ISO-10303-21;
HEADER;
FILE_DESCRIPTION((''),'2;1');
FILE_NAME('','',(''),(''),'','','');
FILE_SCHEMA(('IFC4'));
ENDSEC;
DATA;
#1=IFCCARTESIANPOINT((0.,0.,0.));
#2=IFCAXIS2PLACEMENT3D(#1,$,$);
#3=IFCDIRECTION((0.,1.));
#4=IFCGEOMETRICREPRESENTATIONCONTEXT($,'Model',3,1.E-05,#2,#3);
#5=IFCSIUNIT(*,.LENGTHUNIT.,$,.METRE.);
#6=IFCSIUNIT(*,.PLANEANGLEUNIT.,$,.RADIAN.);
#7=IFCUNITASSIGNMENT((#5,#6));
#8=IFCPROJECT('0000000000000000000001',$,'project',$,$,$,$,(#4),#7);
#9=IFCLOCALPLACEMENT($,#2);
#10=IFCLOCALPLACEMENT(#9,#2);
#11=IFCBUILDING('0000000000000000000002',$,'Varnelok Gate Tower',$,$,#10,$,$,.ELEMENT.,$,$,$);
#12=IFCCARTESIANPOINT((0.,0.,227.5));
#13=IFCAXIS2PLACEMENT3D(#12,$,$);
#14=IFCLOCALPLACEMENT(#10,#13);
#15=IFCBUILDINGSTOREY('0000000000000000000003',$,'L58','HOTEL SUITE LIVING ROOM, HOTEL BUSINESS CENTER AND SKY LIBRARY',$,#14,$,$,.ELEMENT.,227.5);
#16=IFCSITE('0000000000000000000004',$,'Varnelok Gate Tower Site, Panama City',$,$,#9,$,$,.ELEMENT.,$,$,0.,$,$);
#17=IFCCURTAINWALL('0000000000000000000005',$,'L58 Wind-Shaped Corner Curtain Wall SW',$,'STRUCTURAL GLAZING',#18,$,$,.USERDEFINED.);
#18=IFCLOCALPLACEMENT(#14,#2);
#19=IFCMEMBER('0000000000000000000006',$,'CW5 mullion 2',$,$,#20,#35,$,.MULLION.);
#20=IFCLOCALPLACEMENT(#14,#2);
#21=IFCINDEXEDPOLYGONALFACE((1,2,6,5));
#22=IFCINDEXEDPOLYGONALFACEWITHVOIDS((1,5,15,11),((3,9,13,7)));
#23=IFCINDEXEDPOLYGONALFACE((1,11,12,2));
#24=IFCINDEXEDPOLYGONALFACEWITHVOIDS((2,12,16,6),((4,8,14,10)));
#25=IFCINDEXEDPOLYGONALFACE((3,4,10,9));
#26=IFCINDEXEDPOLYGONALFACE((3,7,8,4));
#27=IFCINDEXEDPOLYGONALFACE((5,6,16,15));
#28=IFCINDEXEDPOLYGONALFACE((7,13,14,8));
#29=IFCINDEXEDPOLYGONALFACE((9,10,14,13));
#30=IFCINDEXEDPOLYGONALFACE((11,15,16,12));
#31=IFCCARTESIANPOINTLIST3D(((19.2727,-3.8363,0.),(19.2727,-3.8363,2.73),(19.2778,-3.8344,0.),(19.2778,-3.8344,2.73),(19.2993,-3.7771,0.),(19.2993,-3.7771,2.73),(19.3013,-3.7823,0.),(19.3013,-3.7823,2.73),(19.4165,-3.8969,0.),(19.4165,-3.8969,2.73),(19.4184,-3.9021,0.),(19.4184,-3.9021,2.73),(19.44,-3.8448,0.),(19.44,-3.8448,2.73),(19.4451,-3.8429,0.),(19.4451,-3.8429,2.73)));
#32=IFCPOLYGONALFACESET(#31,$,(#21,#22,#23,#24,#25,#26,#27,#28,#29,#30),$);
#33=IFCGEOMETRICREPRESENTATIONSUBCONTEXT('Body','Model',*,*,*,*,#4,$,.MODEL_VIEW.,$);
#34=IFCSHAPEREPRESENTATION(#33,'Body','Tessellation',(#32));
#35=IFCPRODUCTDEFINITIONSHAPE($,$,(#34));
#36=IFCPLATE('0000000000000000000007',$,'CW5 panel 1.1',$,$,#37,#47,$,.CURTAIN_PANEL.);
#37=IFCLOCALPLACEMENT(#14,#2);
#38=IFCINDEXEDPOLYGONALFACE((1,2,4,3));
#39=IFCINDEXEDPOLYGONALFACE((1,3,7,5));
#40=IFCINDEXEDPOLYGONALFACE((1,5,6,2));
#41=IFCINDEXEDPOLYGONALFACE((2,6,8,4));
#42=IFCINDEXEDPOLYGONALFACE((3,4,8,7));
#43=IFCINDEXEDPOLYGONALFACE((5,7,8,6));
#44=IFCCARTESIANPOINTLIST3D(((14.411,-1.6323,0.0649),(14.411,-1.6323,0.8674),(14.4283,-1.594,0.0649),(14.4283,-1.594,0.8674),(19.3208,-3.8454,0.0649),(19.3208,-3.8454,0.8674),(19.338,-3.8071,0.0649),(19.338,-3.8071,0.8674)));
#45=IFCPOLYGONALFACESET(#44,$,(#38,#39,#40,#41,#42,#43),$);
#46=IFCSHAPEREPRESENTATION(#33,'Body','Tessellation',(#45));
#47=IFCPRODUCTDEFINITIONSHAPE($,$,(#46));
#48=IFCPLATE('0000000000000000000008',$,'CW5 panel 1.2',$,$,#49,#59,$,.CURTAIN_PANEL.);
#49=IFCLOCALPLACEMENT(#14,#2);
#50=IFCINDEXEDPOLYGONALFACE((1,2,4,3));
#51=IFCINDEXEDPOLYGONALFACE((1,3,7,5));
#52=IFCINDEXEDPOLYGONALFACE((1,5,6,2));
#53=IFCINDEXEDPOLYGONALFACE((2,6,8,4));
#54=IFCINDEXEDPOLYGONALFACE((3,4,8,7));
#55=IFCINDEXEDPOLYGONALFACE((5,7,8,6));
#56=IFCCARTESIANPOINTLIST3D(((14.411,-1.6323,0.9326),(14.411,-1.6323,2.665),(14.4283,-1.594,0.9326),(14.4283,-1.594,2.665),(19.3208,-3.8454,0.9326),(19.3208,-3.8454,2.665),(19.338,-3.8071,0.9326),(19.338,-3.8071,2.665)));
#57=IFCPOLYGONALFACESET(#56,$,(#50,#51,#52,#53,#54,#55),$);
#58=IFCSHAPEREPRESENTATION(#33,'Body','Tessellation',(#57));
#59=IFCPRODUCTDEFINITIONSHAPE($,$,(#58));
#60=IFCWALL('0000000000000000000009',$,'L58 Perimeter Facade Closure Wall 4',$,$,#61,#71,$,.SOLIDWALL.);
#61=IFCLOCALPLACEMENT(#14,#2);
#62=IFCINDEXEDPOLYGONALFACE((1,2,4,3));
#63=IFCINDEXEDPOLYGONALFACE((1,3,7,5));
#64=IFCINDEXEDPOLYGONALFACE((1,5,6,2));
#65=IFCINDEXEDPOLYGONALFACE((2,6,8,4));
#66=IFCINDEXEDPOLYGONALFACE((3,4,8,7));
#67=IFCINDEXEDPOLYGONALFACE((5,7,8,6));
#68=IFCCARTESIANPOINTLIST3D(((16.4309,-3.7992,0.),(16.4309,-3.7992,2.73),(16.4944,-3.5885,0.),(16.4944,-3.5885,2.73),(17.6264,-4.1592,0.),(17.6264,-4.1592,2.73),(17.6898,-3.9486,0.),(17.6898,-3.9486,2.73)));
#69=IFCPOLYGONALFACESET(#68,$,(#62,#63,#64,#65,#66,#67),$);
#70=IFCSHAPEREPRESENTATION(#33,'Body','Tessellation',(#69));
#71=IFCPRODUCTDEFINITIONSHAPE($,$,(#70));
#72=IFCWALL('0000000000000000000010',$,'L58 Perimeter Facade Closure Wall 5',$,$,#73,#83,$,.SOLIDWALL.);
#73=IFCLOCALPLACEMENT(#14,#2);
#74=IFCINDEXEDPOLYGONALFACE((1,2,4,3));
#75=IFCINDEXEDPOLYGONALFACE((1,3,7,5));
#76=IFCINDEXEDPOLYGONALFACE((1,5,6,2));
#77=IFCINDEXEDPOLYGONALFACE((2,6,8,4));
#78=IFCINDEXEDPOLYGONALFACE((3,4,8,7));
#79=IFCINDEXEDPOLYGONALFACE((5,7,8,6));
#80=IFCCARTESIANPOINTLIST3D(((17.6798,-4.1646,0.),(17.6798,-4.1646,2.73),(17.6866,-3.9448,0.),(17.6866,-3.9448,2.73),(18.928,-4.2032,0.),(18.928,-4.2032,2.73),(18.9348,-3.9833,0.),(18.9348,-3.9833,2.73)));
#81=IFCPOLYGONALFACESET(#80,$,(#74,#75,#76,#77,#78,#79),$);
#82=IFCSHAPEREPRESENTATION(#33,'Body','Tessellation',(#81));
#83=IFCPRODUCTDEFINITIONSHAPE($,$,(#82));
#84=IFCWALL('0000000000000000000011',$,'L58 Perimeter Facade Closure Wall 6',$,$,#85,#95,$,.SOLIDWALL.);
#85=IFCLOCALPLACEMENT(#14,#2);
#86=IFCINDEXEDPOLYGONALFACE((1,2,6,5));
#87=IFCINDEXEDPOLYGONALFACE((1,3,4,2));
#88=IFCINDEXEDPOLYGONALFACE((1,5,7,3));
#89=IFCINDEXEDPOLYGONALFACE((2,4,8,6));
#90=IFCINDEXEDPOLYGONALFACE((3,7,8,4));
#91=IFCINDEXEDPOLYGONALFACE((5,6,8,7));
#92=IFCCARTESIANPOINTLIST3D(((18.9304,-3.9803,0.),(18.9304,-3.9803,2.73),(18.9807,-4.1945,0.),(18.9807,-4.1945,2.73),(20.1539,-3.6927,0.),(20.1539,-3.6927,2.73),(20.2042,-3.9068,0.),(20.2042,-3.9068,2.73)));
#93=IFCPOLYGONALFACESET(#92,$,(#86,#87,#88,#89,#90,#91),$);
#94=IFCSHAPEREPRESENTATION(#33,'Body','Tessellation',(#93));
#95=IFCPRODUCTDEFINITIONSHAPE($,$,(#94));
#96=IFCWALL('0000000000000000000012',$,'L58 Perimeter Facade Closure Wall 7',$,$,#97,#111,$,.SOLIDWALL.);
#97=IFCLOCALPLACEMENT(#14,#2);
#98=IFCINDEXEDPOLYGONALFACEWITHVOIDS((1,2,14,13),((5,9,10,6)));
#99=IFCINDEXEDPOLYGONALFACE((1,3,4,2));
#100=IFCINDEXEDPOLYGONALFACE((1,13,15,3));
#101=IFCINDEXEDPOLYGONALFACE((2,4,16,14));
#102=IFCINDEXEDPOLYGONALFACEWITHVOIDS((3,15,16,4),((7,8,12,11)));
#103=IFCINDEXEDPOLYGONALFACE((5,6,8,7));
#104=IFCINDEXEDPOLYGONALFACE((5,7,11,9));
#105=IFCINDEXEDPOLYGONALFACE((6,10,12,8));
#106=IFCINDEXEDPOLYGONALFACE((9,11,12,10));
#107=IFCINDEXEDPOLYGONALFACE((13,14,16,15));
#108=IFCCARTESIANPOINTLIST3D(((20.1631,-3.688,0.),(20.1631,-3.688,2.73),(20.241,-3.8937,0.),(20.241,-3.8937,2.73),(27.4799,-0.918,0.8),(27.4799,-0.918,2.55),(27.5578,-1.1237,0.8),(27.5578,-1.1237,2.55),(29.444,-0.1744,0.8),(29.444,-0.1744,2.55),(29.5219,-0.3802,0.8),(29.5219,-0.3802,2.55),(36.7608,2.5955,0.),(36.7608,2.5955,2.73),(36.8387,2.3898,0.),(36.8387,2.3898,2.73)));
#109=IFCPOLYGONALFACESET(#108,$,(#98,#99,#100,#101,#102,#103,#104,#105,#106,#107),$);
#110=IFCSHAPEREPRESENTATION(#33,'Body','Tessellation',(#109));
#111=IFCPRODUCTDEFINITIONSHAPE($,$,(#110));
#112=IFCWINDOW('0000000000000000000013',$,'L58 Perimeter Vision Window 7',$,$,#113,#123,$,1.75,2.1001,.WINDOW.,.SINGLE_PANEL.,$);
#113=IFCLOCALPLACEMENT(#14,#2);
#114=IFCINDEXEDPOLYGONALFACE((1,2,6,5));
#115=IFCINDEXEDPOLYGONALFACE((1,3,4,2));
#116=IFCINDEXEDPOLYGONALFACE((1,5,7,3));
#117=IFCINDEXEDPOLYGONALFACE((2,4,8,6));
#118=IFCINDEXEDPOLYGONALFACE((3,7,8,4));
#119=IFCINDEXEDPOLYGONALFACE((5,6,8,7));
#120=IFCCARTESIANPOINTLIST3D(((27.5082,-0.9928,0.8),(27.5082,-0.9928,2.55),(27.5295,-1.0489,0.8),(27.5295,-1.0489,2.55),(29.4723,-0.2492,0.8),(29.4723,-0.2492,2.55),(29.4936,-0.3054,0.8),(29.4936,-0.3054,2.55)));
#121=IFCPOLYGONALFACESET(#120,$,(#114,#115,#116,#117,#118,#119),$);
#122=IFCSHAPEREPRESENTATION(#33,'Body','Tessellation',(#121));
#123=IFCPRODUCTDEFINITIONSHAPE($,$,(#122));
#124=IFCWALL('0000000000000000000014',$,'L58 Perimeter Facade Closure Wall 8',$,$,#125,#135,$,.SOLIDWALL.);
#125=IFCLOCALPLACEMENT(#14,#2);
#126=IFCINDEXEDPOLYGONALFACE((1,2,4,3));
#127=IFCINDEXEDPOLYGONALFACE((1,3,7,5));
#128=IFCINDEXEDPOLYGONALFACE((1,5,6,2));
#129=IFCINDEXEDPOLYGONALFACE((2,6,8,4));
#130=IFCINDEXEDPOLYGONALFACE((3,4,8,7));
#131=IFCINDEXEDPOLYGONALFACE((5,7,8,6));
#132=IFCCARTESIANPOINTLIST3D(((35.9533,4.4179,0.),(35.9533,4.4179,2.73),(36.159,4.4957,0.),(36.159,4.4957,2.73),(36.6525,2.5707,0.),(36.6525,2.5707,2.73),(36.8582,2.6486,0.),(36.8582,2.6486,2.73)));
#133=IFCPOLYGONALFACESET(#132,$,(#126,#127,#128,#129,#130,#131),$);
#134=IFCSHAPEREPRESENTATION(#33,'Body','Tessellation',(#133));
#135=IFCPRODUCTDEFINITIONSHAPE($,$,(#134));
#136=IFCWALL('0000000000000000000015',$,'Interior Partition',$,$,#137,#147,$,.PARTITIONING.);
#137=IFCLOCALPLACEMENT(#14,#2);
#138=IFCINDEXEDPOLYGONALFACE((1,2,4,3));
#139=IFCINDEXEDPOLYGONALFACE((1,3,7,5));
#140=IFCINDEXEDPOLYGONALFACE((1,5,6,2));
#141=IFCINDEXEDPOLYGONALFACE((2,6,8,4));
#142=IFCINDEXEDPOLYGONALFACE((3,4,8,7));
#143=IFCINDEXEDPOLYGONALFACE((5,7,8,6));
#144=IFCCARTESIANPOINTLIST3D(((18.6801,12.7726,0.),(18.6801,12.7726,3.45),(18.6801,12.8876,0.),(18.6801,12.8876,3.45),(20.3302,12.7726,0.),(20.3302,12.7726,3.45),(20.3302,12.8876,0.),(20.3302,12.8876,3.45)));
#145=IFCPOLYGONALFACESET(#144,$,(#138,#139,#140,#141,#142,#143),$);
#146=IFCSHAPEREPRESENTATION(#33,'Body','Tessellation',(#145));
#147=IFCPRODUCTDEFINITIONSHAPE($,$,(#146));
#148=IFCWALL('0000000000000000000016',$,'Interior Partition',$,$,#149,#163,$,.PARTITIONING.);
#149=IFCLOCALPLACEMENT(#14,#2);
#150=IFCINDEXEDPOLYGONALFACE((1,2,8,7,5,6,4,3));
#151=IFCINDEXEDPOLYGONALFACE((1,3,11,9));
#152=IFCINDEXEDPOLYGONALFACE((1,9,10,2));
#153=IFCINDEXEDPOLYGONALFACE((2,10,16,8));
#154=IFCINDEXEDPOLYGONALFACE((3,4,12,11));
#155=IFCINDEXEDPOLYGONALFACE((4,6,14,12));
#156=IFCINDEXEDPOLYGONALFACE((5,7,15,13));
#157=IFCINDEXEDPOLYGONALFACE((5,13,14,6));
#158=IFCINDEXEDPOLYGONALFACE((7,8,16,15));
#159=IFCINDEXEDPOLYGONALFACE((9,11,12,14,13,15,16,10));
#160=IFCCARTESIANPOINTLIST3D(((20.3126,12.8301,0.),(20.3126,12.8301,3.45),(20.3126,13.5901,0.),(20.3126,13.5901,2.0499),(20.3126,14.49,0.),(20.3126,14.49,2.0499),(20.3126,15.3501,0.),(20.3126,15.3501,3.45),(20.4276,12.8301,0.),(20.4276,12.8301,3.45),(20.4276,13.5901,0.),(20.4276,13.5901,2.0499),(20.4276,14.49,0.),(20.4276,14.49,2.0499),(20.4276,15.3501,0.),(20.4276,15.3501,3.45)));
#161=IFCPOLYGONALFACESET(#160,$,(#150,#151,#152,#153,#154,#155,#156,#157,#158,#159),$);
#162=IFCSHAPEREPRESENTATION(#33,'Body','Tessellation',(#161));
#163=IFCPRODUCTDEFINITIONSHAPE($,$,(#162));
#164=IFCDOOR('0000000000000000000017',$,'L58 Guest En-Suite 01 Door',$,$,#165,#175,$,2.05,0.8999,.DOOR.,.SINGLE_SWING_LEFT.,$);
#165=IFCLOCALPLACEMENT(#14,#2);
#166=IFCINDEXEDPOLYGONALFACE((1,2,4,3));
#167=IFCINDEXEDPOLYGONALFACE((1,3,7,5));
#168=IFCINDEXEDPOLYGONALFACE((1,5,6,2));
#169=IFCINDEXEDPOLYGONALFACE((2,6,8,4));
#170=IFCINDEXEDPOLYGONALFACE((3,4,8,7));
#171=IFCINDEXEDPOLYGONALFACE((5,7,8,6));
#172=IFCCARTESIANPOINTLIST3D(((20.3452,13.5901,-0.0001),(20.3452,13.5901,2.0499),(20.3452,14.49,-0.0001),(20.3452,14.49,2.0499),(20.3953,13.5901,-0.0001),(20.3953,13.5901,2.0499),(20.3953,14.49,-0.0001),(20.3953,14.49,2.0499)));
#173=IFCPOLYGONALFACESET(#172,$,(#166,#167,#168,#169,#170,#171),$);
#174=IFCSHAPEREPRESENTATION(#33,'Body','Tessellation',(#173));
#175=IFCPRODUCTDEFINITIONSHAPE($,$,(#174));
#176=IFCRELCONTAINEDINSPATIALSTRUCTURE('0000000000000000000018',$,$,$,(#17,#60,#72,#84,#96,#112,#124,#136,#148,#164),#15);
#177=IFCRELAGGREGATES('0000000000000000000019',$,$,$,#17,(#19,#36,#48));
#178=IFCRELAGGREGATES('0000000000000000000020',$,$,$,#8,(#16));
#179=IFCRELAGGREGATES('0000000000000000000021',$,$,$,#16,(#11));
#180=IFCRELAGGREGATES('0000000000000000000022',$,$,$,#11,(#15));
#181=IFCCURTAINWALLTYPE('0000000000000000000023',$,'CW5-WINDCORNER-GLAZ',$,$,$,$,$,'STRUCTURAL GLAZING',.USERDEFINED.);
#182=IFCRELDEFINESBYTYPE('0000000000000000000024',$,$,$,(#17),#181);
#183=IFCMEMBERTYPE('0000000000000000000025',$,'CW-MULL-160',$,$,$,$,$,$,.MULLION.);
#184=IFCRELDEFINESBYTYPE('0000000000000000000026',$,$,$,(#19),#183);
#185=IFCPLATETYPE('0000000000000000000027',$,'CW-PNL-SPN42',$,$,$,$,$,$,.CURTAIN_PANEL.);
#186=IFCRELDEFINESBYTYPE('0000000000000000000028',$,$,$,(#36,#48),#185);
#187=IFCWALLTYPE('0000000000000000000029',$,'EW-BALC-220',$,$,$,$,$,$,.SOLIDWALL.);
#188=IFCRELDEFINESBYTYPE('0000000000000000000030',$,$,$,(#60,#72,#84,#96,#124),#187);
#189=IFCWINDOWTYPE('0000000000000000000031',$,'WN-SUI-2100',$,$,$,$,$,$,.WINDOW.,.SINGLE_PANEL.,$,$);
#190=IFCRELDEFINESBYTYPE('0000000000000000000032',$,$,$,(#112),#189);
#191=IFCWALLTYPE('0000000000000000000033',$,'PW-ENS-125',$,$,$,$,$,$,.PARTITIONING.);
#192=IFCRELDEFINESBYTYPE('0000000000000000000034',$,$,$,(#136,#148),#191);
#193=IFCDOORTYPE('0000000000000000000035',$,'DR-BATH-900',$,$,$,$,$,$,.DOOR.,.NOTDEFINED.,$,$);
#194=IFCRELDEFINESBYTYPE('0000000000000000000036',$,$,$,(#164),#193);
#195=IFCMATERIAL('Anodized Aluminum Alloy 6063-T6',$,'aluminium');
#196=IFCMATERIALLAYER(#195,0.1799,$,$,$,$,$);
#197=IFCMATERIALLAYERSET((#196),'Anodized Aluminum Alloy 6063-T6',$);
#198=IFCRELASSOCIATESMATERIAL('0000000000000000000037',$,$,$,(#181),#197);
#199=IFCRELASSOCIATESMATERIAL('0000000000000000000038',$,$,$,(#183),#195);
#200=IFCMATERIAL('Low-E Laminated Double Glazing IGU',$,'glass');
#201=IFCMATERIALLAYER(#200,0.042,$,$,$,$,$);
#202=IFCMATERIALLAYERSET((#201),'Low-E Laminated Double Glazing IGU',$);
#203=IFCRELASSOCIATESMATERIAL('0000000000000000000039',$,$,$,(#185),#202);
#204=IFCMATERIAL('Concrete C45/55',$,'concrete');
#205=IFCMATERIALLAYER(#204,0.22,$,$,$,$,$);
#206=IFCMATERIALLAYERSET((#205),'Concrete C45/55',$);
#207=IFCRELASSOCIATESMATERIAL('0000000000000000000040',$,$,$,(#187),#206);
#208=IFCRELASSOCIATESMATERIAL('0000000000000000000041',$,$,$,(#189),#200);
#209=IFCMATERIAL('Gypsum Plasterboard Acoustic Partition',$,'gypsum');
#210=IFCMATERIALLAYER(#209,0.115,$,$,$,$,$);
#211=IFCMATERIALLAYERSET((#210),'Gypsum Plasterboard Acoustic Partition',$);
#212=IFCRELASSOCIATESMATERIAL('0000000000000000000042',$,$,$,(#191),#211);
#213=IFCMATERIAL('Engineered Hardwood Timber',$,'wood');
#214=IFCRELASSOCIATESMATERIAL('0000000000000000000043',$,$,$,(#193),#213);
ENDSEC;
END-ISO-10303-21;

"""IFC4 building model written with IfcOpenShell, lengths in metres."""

from ifc_helpers import new_model, si_unit, direction, frame, frame_2d, origin, origin_2d, place, context, subcontext, project, spatial, rectangle, hollow_rectangle, extrude, source, transform, mapped, material, layer, layer_set, material_profile, profile_set, type_object, element, fill, aggregate, save


model = new_model("IFC4")

# Units and contexts
model_context = context("Model", 3, precision=1e-05, world=origin(), true_north=direction((0.0, 1.0)))
body_context = subcontext(model_context, "Body", "Model", "MODEL_VIEW")
ifc_project = project(units=[si_unit("LENGTHUNIT", "METRE"), si_unit("PLANEANGLEUNIT", "RADIAN")], contexts=[model_context])

# Site, building, storey
site_placement = place(None, origin())
site = spatial("IfcSite", under=ifc_project, at=site_placement, Name="Varnelok Gate Tower Site, Panama City", CompositionType="ELEMENT", RefElevation=0.0)
building_placement = place(site_placement, origin())
building = spatial("IfcBuilding", under=site, at=building_placement, Name="Varnelok Gate Tower", CompositionType="ELEMENT")
storey_placement = place(building_placement, frame((0.0, 0.0, 227.5)))
storey = spatial("IfcBuildingStorey", under=building, at=storey_placement, Name="L58", Description="HOTEL SUITE LIVING ROOM, HOTEL BUSINESS CENTER AND SKY LIBRARY", CompositionType="ELEMENT", Elevation=227.5)

# Curtain wall, member, plates
ifc_material_1 = material(Name="Anodized Aluminum Alloy 6063-T6", Category="aluminium")
ifc_layer_1 = layer(ifc_material_1, 0.1799)
ifc_layer_set_1 = layer_set([ifc_layer_1], Name="Anodized Aluminum Alloy 6063-T6")
curtain_wall_type = type_object("IfcCurtainWallType", Name="CW5-WINDCORNER-GLAZ", ElementType="STRUCTURAL GLAZING", PredefinedType="USERDEFINED", material=ifc_layer_set_1)
curtain_wall_placement = place(storey_placement, origin())
curtain_wall = element("IfcCurtainWall", 1, at=curtain_wall_placement, inside=storey, type_object=curtain_wall_type, Name="L58 Wind-Shaped Corner Curtain Wall SW", ObjectType="STRUCTURAL GLAZING", PredefinedType="USERDEFINED")
ifc_material_profile_1 = material_profile(ifc_material_1, hollow_rectangle(XDim=0.0649, YDim=0.1599, WallThickness=0.0039, at=origin_2d()), Name="ALU160X65X4")
ifc_profile_set_1 = profile_set([ifc_material_profile_1], Name="Anodized Aluminum Alloy 6063-T6")
member_type = type_object("IfcMemberType", Name="CW-MULL-160", PredefinedType="MULLION", material=ifc_profile_set_1)
member_placement = place(storey_placement, frame((19.3589, -3.8396, 0.0), z_axis=(0.0, 0.0, 1.0), x_axis=(0.410939, 0.911663, 0.0)))
member = element("IfcMember", 2, at=member_placement, type_object=member_type, Name="CW5 mullion 2", PredefinedType="MULLION", context=body_context, shape_type="SweptSolid", body=[
    extrude(hollow_rectangle(XDim=0.0649, YDim=0.1599, WallThickness=0.0039, at=origin_2d()), origin(), (0.0, 0.0, 1.0), 2.73),
])
ifc_material_2 = material(Name="Low-E Laminated Double Glazing IGU", Category="glass")
ifc_layer_2 = layer(ifc_material_2, 0.042)
ifc_layer_set_2 = layer_set([ifc_layer_2], Name="Low-E Laminated Double Glazing IGU")
plate_type = type_object("IfcPlateType", Name="CW-PNL-SPN42", PredefinedType="CURTAIN_PANEL", material=ifc_layer_set_2)
shared_shape_1 = source(origin(), body_context, "Body", "SweptSolid", [
    extrude(rectangle(XDim=5.3855, YDim=0.042, at=origin_2d()), origin(), (0.0, 0.0, 1.0), 0.8025),
])
plate_1_placement = place(storey_placement, frame((16.8745, -2.7197, 0.0649), z_axis=(0.0, 0.0, 1.0), x_axis=(0.911663, -0.410939, 0.0)))
plate_1 = element("IfcPlate", 3, at=plate_1_placement, type_object=plate_type, Name="CW5 panel 1.1", PredefinedType="CURTAIN_PANEL", context=body_context, shape_type="MappedRepresentation", body=[
    mapped(shared_shape_1, transform((0.0, 0.0, 0.0), scale=1.0)),
])
shared_shape_2 = source(origin(), body_context, "Body", "SweptSolid", [
    extrude(rectangle(XDim=5.3855, YDim=0.042, at=origin_2d()), origin(), (0.0, 0.0, 1.0), 1.7324),
])
plate_2_placement = place(storey_placement, frame((16.8745, -2.7197, 0.9326), z_axis=(0.0, 0.0, 1.0), x_axis=(0.911663, -0.410939, 0.0)))
plate_2 = element("IfcPlate", 4, at=plate_2_placement, type_object=plate_type, Name="CW5 panel 1.2", PredefinedType="CURTAIN_PANEL", context=body_context, shape_type="MappedRepresentation", body=[
    mapped(shared_shape_2, transform((0.0, 0.0, 0.0), scale=1.0)),
])
aggregate(curtain_wall, [member, plate_1, plate_2])

# Walls
ifc_material_3 = material(Name="Concrete C45/55", Category="concrete")
ifc_layer_3 = layer(ifc_material_3, 0.22)
ifc_layer_set_3 = layer_set([ifc_layer_3], Name="Concrete C45/55")
wall_type_1 = type_object("IfcWallType", Name="EW-BALC-220", PredefinedType="SOLIDWALL", material=ifc_layer_set_3)
wall_1_placement = place(storey_placement, frame((16.4626, -3.6938, 0.0), z_axis=(0.0, 0.0, 1.0), x_axis=(0.957508, -0.288406, 0.0)))
element("IfcWall", 5, at=wall_1_placement, inside=storey, type_object=wall_type_1, Name="L58 Perimeter Facade Closure Wall 4", PredefinedType="SOLIDWALL", context=body_context, shape_type="SweptSolid", body=[
    extrude(rectangle(XDim=1.2485, YDim=0.22, at=frame_2d((0.6243, 0.0))), origin(), (0.0, 0.0, 1.0), 2.73),
])
wall_2_placement = place(storey_placement, frame((17.6831, -4.0547, 0.0), z_axis=(0.0, 0.0, 1.0), x_axis=(0.999523, -0.030887, 0.0)))
element("IfcWall", 6, at=wall_2_placement, inside=storey, type_object=wall_type_1, Name="L58 Perimeter Facade Closure Wall 5", PredefinedType="SOLIDWALL", context=body_context, shape_type="SweptSolid", body=[
    extrude(rectangle(XDim=1.2488, YDim=0.22, at=frame_2d((0.6245, 0.0))), origin(), (0.0, 0.0, 1.0), 2.73),
])
wall_3_placement = place(storey_placement, frame((18.9556, -4.0874, 0.0), z_axis=(0.0, 0.0, 1.0), x_axis=(0.973463, 0.228844, 0.0)))
element("IfcWall", 7, at=wall_3_placement, inside=storey, type_object=wall_type_1, Name="L58 Perimeter Facade Closure Wall 6", PredefinedType="SOLIDWALL", context=body_context, shape_type="SweptSolid", body=[
    extrude(rectangle(XDim=1.2568, YDim=0.22, at=frame_2d((0.6284, 0.0))), origin(), (0.0, 0.0, 1.0), 2.73),
])

# Wall, opening, window
wall_4_placement = place(storey_placement, frame((20.2021, -3.7908, 0.0), z_axis=(0.0, 0.0, 1.0), x_axis=(0.935226, 0.354052, 0.0)))
wall_4 = element("IfcWall", 8, at=wall_4_placement, inside=storey, type_object=wall_type_1, Name="L58 Perimeter Facade Closure Wall 7", PredefinedType="SOLIDWALL", context=body_context, shape_type="SweptSolid", body=[
    extrude(rectangle(XDim=17.7473, YDim=0.22, at=frame_2d((8.8735, 0.0))), origin(), (0.0, 0.0, 1.0), 2.73),
])
opening_1_placement = place(wall_4_placement, frame((7.8235, 0.0, 0.8)))
opening_1 = element("IfcOpeningElement", 9, at=opening_1_placement, cuts=wall_4, PredefinedType="OPENING", context=body_context, shape_type="SweptSolid", body=[
    extrude(rectangle(XDim=2.1001, YDim=1.75, at=frame_2d((1.05, 0.875))), frame((0.0, 0.1199, 0.0), z_axis=(0.0, -1.0, 0.0), x_axis=(1.0, 0.0, 0.0)), (0.0, 0.0, 1.0), 0.24),
])
window_type = type_object("IfcWindowType", Name="WN-SUI-2100", PartitioningType="SINGLE_PANEL", PredefinedType="WINDOW", material=ifc_material_2)
window_placement = place(opening_1_placement, origin())
window = element("IfcWindow", 10, at=window_placement, inside=storey, type_object=window_type, Name="L58 Perimeter Vision Window 7", OverallHeight=1.75, OverallWidth=2.1001, PartitioningType="SINGLE_PANEL", PredefinedType="WINDOW", context=body_context, shape_type="SweptSolid", body=[
    extrude(rectangle(XDim=2.1001, YDim=1.75, at=frame_2d((1.05, 0.875))), frame((0.0, 0.03, 0.0), z_axis=(0.0, -1.0, 0.0), x_axis=(1.0, 0.0, 0.0)), (0.0, 0.0, 1.0), 0.0601),
])
fill(opening_1, window)

# Walls
wall_5_placement = place(storey_placement, frame((36.7554, 2.6096, 0.0), z_axis=(0.0, 0.0, 1.0), x_axis=(-0.354021, 0.935238, 0.0)))
element("IfcWall", 11, at=wall_5_placement, inside=storey, type_object=wall_type_1, Name="L58 Perimeter Facade Closure Wall 8", PredefinedType="SOLIDWALL", context=body_context, shape_type="SweptSolid", body=[
    extrude(rectangle(XDim=1.9751, YDim=0.22, at=frame_2d((0.9875, 0.0))), origin(), (0.0, 0.0, 1.0), 2.73),
])
ifc_material_4 = material(Name="Gypsum Plasterboard Acoustic Partition", Category="gypsum")
ifc_layer_4 = layer(ifc_material_4, 0.115)
ifc_layer_set_4 = layer_set([ifc_layer_4], Name="Gypsum Plasterboard Acoustic Partition")
wall_type_2 = type_object("IfcWallType", Name="PW-ENS-125", PredefinedType="PARTITIONING", material=ifc_layer_set_4)
wall_6_placement = place(storey_placement, frame((18.6799, 12.8301, 0.0), z_axis=(0.0, 0.0, 1.0), x_axis=(1.0, 0.0, 0.0)))
element("IfcWall", 12, at=wall_6_placement, inside=storey, type_object=wall_type_2, Name="Interior Partition", PredefinedType="PARTITIONING", context=body_context, shape_type="SweptSolid", body=[
    extrude(rectangle(XDim=1.6501, YDim=0.115, at=frame_2d((0.8252, 0.0))), origin(), (0.0, 0.0, 1.0), 3.45),
])

# Wall, opening, door
wall_7_placement = place(storey_placement, frame((20.3701, 12.8301, 0.0), z_axis=(0.0, 0.0, 1.0), x_axis=(0.0, 1.0, 0.0)))
wall_7 = element("IfcWall", 13, at=wall_7_placement, inside=storey, type_object=wall_type_2, Name="Interior Partition", PredefinedType="PARTITIONING", context=body_context, shape_type="SweptSolid", body=[
    extrude(rectangle(XDim=2.52, YDim=0.115, at=frame_2d((1.26, 0.0))), origin(), (0.0, 0.0, 1.0), 3.45),
])
opening_2_placement = place(wall_7_placement, frame((0.76, 0.0, 0.0)))
opening_2 = element("IfcOpeningElement", 14, at=opening_2_placement, cuts=wall_7, PredefinedType="OPENING", context=body_context, shape_type="SweptSolid", body=[
    extrude(rectangle(XDim=0.8999, YDim=2.05, at=frame_2d((0.45, 1.0249))), frame((0.0, 0.0674, 0.0), z_axis=(0.0, -1.0, 0.0), x_axis=(1.0, 0.0, 0.0)), (0.0, 0.0, 1.0), 0.135),
])
ifc_material_5 = material(Name="Engineered Hardwood Timber", Category="wood")
door_type_1 = type_object("IfcDoorType", Name="DR-BATH-900", OperationType="NOTDEFINED", PredefinedType="DOOR", material=ifc_material_5)
door_1_placement = place(opening_2_placement, origin())
door_1 = element("IfcDoor", 15, at=door_1_placement, inside=storey, type_object=door_type_1, Name="L58 Guest En-Suite 01 Door", OperationType="SINGLE_SWING_LEFT", OverallHeight=2.05, OverallWidth=0.8999, PredefinedType="DOOR", context=body_context, shape_type="SweptSolid", body=[
    extrude(rectangle(XDim=0.8999, YDim=2.05, at=frame_2d((0.45, 1.0249))), frame((0.0, 0.0249, 0.0), z_axis=(0.0, -1.0, 0.0), x_axis=(1.0, 0.0, 0.0)), (0.0, 0.0, 1.0), 0.05),
])
fill(opening_2, door_1)

save(model, "model.ifc")
